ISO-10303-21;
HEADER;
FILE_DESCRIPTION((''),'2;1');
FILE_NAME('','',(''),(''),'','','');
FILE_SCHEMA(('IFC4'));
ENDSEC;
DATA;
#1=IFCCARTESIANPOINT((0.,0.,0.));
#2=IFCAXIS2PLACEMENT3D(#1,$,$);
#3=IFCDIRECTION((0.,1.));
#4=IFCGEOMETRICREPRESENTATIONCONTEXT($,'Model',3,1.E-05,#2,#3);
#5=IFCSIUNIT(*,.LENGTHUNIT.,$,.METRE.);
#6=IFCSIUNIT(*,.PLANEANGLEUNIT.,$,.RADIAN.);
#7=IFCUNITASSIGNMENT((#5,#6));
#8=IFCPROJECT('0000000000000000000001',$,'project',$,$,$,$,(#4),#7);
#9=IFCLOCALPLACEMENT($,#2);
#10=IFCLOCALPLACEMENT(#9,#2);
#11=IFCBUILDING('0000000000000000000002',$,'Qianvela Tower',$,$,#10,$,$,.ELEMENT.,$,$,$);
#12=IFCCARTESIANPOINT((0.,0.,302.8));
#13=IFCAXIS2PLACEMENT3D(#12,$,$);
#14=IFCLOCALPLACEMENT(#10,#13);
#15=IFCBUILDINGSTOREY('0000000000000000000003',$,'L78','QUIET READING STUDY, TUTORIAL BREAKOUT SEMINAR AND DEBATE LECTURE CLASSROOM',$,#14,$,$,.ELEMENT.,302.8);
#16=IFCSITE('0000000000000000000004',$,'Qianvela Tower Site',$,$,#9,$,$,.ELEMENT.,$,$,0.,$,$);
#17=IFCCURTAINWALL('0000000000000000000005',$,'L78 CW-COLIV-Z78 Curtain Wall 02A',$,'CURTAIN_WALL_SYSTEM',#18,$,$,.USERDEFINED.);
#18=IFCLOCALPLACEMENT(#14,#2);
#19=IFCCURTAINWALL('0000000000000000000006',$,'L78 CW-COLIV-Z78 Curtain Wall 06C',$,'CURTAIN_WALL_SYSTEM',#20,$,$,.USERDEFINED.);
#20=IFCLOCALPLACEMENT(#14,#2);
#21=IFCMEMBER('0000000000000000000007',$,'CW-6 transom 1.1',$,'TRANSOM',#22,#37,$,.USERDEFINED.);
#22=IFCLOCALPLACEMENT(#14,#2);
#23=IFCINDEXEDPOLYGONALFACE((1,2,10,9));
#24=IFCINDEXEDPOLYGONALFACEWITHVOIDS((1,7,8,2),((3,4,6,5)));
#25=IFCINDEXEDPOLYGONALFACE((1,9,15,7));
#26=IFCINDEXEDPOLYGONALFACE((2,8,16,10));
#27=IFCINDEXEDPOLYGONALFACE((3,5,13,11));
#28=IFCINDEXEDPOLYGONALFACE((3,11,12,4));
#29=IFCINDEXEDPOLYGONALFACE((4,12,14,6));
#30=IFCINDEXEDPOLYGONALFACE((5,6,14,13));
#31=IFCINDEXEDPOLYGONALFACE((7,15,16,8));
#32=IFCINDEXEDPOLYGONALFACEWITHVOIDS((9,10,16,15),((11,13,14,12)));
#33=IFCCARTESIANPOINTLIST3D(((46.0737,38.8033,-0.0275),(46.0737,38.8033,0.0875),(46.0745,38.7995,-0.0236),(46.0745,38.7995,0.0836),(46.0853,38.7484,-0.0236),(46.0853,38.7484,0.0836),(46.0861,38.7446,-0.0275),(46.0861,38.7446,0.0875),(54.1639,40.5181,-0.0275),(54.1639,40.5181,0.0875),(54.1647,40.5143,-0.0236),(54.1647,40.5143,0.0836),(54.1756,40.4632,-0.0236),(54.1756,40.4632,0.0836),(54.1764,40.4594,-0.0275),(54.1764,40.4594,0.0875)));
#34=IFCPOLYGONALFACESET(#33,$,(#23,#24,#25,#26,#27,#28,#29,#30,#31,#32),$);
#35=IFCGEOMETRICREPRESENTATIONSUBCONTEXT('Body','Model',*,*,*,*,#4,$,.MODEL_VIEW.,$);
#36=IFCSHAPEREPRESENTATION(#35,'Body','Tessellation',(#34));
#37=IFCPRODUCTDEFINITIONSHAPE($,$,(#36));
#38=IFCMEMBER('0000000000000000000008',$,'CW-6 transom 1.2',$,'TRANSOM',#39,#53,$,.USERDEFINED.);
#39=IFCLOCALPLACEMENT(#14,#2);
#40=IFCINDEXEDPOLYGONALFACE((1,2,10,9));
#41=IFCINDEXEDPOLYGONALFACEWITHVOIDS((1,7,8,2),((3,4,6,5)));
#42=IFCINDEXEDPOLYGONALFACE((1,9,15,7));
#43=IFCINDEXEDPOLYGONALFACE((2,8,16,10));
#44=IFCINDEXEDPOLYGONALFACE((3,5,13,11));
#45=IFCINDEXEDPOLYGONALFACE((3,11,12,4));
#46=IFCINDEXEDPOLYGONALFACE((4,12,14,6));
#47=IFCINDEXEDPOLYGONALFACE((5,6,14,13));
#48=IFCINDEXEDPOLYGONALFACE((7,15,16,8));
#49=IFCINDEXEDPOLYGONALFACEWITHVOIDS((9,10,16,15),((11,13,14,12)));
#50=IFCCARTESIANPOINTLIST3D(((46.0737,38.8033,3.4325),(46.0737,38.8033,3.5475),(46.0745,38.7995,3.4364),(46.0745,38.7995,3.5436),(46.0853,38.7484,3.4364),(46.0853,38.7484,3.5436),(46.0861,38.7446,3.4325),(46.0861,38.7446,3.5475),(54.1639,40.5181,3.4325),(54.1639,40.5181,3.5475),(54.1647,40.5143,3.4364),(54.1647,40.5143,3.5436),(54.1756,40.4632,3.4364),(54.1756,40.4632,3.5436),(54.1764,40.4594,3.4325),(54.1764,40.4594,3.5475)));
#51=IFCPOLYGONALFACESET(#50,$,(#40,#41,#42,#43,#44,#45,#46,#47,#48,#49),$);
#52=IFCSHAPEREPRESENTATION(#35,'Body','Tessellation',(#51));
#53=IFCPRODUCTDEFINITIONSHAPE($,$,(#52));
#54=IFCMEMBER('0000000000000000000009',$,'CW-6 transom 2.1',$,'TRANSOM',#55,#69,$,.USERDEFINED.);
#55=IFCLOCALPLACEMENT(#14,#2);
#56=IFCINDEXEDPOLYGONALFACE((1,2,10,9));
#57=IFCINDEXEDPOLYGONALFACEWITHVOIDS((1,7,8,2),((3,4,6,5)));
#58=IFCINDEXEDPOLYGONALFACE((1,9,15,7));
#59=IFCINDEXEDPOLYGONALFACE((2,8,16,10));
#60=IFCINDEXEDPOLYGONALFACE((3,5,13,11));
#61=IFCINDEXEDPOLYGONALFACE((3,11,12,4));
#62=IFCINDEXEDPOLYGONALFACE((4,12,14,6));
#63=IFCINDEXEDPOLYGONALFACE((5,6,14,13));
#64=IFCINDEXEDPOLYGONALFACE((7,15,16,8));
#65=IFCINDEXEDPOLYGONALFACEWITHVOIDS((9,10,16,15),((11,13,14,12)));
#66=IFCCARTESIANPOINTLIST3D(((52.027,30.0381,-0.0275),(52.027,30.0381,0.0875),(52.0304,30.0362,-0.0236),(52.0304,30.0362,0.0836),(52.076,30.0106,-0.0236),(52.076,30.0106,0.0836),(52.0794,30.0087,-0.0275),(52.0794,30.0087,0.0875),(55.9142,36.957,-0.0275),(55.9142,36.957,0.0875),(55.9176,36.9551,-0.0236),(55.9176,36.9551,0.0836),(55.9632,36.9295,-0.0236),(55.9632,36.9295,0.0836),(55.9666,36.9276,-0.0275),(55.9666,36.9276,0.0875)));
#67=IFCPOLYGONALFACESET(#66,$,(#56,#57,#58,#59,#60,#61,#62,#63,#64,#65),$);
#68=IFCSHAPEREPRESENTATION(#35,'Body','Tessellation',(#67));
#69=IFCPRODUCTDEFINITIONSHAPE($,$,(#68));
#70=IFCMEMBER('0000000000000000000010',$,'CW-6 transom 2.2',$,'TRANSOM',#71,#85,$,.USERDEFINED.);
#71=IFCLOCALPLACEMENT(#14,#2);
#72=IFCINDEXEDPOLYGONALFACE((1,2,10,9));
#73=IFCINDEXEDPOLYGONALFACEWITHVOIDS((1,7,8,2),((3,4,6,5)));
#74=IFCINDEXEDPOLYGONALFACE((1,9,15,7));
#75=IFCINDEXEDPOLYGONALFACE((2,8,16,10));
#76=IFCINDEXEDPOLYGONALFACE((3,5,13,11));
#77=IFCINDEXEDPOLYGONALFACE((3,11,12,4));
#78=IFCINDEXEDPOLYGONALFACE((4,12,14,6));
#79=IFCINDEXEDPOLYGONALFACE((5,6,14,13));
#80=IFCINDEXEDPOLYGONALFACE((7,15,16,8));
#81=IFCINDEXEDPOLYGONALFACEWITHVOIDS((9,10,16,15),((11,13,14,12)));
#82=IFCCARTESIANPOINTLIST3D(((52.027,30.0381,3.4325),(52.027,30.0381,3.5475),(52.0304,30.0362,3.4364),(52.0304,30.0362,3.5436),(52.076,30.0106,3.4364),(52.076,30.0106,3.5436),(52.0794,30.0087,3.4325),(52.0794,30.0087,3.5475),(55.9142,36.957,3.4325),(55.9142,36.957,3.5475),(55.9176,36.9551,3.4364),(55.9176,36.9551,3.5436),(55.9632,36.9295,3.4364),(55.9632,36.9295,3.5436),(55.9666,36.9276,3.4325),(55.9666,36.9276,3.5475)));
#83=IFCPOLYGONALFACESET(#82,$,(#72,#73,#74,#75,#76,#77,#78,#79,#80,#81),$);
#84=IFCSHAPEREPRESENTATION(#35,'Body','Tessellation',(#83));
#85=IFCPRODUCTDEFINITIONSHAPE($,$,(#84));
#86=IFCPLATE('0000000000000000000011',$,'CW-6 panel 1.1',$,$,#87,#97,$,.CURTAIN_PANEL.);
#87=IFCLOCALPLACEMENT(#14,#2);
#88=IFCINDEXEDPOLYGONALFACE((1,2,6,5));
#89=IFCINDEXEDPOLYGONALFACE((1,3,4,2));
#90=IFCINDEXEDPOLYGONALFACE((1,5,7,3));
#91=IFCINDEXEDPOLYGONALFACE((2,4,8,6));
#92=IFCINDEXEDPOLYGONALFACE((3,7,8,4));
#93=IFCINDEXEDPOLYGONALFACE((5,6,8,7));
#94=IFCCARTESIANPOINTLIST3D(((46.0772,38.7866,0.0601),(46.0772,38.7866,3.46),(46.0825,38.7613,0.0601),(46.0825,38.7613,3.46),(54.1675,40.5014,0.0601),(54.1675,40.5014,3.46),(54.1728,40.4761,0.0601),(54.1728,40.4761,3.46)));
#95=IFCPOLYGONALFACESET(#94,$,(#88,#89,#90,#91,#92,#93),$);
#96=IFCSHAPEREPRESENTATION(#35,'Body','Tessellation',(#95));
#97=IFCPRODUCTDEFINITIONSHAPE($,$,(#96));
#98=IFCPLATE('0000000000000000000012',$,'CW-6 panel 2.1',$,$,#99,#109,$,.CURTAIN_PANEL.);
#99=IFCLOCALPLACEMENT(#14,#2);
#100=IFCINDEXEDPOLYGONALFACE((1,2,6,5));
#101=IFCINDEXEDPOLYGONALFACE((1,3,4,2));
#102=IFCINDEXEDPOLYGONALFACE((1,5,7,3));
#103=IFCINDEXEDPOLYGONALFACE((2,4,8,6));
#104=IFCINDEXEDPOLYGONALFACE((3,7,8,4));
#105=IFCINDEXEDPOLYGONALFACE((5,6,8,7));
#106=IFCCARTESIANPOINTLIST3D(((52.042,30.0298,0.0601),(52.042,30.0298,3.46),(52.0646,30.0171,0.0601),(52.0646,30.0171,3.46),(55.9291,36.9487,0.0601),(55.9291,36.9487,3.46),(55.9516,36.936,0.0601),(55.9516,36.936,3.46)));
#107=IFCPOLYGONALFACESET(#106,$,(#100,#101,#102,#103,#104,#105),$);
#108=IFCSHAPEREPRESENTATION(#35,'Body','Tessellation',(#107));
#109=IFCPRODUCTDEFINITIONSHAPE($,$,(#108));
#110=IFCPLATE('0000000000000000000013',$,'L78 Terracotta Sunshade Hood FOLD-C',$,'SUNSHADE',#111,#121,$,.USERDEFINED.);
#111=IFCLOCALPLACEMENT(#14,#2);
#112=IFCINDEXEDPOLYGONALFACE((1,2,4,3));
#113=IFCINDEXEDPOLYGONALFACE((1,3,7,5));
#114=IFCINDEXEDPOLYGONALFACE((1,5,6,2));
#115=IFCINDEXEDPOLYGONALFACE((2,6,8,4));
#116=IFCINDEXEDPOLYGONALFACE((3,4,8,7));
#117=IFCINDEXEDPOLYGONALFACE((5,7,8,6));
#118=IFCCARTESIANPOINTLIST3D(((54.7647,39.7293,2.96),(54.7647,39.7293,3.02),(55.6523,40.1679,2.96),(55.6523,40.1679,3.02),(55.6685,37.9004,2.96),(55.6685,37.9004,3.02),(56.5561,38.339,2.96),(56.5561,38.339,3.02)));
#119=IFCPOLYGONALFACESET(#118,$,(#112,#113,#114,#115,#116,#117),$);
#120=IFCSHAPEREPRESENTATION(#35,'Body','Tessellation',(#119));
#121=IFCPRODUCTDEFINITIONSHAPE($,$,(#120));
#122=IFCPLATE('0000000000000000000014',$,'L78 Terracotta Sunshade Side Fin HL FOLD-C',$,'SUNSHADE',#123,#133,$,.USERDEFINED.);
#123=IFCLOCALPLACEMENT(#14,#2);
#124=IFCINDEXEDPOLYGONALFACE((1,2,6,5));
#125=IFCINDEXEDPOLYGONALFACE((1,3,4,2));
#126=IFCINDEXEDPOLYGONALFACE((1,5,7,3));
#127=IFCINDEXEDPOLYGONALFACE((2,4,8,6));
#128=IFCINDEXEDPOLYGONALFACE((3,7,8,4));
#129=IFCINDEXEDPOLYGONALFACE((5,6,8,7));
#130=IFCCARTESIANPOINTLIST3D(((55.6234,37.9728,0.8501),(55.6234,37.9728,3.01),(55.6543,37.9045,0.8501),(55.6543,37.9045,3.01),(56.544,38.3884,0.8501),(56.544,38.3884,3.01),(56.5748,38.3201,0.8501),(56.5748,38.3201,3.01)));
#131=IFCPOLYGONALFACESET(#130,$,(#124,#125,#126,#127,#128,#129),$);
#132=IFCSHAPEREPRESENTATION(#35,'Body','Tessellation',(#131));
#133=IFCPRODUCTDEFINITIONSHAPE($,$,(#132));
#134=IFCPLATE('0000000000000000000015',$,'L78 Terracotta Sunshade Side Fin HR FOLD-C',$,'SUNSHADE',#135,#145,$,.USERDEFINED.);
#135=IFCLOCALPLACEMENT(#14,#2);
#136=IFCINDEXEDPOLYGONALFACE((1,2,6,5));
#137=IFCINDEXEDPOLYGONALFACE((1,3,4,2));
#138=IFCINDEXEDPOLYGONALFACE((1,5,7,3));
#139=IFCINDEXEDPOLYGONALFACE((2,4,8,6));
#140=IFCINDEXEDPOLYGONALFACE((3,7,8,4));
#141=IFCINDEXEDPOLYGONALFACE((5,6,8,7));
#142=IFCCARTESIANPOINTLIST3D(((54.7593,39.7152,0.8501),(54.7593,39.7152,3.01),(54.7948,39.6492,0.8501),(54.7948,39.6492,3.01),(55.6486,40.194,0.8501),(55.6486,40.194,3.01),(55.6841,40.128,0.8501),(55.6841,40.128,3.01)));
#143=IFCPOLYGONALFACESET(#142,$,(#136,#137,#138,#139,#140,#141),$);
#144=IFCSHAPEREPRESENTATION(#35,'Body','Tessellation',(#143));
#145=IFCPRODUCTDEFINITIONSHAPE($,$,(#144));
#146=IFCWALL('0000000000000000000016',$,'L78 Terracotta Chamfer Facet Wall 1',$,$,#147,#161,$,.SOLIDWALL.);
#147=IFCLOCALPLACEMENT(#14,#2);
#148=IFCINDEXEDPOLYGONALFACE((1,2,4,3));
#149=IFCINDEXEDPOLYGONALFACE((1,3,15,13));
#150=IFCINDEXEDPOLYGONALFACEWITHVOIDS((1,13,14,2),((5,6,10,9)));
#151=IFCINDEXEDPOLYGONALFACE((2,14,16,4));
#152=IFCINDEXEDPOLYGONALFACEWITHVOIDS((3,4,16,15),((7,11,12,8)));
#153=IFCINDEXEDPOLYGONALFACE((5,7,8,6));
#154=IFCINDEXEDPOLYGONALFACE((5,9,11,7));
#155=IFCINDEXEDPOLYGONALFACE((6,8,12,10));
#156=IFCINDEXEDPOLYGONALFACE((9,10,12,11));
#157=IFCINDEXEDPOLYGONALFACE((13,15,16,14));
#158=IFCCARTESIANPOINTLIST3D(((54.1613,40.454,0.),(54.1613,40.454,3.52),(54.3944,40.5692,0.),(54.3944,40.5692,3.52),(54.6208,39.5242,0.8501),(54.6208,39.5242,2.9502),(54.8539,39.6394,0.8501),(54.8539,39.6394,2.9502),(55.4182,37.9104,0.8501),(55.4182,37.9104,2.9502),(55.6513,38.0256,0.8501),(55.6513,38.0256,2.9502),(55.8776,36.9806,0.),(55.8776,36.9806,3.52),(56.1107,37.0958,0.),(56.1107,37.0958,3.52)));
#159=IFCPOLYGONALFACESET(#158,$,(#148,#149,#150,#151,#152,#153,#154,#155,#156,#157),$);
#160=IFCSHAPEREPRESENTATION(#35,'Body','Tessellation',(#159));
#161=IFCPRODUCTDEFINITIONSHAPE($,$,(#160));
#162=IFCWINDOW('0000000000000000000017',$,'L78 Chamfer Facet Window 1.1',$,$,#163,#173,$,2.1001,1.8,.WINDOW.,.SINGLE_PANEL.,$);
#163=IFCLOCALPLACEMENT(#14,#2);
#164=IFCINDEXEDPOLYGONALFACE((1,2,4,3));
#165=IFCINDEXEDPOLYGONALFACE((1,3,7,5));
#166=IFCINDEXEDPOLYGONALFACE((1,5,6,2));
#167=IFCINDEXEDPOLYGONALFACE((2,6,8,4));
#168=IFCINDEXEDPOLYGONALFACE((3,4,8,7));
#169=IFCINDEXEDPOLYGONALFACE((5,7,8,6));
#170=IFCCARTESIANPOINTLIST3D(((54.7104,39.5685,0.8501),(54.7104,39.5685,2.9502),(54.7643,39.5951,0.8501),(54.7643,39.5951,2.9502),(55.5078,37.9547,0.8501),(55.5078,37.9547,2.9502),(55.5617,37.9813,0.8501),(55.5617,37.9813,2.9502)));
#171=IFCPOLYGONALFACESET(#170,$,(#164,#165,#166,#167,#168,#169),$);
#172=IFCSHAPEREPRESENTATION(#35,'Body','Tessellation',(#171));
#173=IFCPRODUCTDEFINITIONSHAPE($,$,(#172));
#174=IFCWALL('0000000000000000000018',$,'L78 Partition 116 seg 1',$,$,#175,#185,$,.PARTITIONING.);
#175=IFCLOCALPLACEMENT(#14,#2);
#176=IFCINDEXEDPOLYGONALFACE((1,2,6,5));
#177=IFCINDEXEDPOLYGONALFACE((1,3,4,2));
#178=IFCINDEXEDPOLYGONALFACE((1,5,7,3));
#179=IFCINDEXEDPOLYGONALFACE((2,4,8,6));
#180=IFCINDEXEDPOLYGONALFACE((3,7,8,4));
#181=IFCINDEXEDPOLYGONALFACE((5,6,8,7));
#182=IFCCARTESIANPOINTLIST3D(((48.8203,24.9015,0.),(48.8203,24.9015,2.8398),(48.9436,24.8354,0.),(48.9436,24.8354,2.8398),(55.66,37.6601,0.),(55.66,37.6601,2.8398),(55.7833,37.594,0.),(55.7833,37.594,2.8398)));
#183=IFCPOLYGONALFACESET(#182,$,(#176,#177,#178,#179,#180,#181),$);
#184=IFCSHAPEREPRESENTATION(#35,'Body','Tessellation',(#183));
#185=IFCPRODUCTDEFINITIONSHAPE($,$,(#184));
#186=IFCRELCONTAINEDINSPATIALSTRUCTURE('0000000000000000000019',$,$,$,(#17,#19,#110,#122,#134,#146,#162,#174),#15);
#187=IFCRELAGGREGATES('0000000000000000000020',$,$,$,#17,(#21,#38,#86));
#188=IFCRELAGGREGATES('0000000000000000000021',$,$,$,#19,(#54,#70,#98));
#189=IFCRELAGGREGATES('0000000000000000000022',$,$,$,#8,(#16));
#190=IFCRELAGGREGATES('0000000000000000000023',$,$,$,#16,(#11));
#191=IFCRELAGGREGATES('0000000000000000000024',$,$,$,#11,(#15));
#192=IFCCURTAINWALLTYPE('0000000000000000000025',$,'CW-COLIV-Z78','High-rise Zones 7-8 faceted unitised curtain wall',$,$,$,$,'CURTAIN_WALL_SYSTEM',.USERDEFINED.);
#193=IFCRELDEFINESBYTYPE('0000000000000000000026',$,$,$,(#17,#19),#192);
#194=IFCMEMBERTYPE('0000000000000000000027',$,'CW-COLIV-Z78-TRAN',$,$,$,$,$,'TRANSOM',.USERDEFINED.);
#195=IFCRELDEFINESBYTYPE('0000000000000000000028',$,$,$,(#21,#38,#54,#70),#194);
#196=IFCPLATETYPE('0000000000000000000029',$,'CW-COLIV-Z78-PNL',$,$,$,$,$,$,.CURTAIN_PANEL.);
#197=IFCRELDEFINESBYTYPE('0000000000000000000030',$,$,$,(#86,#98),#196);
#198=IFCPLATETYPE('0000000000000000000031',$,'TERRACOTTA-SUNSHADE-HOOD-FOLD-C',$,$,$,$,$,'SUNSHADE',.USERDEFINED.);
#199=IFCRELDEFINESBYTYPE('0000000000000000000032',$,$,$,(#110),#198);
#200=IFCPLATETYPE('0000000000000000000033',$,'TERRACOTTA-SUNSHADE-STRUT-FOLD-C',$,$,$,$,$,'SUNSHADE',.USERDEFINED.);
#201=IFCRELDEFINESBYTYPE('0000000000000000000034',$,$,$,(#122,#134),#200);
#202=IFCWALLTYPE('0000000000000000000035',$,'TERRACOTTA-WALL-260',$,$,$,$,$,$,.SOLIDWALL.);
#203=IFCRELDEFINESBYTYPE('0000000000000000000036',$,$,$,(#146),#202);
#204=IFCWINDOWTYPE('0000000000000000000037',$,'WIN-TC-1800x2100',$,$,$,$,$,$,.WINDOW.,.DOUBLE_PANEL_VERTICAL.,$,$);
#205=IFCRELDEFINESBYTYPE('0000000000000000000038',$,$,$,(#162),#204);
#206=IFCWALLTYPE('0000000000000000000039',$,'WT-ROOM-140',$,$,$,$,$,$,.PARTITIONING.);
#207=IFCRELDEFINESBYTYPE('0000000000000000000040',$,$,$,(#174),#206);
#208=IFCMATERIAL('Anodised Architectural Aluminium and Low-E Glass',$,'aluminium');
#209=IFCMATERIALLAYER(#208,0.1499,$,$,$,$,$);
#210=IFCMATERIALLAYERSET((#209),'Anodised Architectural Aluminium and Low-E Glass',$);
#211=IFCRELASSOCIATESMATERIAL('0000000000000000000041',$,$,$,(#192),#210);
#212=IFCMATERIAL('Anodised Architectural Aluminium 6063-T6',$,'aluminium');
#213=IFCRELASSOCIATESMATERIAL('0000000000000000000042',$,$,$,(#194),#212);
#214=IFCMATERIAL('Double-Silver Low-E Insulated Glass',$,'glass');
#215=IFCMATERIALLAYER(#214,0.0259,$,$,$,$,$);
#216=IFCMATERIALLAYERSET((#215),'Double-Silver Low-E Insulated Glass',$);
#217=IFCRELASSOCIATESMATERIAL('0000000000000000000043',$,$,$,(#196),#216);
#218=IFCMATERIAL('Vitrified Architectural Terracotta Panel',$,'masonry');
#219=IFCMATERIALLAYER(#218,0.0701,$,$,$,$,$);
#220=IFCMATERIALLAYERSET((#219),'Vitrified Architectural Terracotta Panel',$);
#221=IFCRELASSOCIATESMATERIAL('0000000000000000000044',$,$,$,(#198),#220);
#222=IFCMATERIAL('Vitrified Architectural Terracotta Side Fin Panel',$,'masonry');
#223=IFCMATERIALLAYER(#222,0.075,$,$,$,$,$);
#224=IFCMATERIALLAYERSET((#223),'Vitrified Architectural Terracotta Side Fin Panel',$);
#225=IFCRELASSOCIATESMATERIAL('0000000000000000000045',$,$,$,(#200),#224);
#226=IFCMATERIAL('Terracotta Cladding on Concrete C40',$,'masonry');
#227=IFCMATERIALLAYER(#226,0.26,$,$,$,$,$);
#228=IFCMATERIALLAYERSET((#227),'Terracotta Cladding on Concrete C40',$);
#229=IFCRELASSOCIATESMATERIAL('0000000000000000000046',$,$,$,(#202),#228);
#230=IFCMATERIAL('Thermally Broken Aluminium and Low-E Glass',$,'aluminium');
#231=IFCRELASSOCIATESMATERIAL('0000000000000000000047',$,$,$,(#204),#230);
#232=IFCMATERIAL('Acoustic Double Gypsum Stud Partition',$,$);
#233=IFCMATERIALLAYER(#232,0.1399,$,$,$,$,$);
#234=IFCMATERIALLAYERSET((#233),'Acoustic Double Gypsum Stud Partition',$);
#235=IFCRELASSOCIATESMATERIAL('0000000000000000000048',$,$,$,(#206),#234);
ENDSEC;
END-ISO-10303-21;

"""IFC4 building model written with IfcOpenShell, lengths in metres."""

from ifc_helpers import new_model, si_unit, direction, frame, frame_2d, origin, origin_2d, place, context, subcontext, project, spatial, rectangle, hollow_rectangle, extrude, material, layer, layer_set, material_profile, profile_set, type_object, element, fill, aggregate, save


model = new_model("IFC4")

# Units and contexts
model_context = context("Model", 3, precision=1e-05, world=origin(), true_north=direction((0.0, 1.0)))
body_context = subcontext(model_context, "Body", "Model", "MODEL_VIEW")
ifc_project = project(units=[si_unit("LENGTHUNIT", "METRE"), si_unit("PLANEANGLEUNIT", "RADIAN")], contexts=[model_context])

# Site, building, storey
site_placement = place(None, origin())
site = spatial("IfcSite", under=ifc_project, at=site_placement, Name="Qianvela Tower Site", CompositionType="ELEMENT", RefElevation=0.0)
building_placement = place(site_placement, origin())
building = spatial("IfcBuilding", under=site, at=building_placement, Name="Qianvela Tower", CompositionType="ELEMENT")
storey_placement = place(building_placement, frame((0.0, 0.0, 302.8)))
storey = spatial("IfcBuildingStorey", under=building, at=storey_placement, Name="L78", Description="QUIET READING STUDY, TUTORIAL BREAKOUT SEMINAR AND DEBATE LECTURE CLASSROOM", CompositionType="ELEMENT", Elevation=302.8)

# Curtain walls
ifc_material_1 = material(Name="Anodised Architectural Aluminium and Low-E Glass", Category="aluminium")
ifc_layer_1 = layer(ifc_material_1, 0.1499)
ifc_layer_set_1 = layer_set([ifc_layer_1], Name="Anodised Architectural Aluminium and Low-E Glass")
curtain_wall_type = type_object("IfcCurtainWallType", Name="CW-COLIV-Z78", Description="High-rise Zones 7-8 faceted unitised curtain wall", ElementType="CURTAIN_WALL_SYSTEM", PredefinedType="USERDEFINED", material=ifc_layer_set_1)
curtain_wall_1_placement = place(storey_placement, origin())
curtain_wall_1 = element("IfcCurtainWall", 1, at=curtain_wall_1_placement, inside=storey, type_object=curtain_wall_type, Name="L78 CW-COLIV-Z78 Curtain Wall 02A", ObjectType="CURTAIN_WALL_SYSTEM", PredefinedType="USERDEFINED")
curtain_wall_2_placement = place(storey_placement, origin())
curtain_wall_2 = element("IfcCurtainWall", 2, at=curtain_wall_2_placement, inside=storey, type_object=curtain_wall_type, Name="L78 CW-COLIV-Z78 Curtain Wall 06C", ObjectType="CURTAIN_WALL_SYSTEM", PredefinedType="USERDEFINED")

# Members
ifc_material_2 = material(Name="Anodised Architectural Aluminium 6063-T6", Category="aluminium")
ifc_material_profile_1 = material_profile(ifc_material_2, hollow_rectangle(XDim=0.0601, YDim=0.115, WallThickness=0.0039, at=origin_2d()), Name="ALU-TRAN-60x115")
ifc_profile_set_1 = profile_set([ifc_material_profile_1], Name="Anodised Architectural Aluminium 6063-T6")
member_type_1 = type_object("IfcMemberType", Name="CW-COLIV-Z78-TRAN", ElementType="TRANSOM", PredefinedType="USERDEFINED", material=ifc_profile_set_1)
member_1_placement = place(storey_placement, frame((54.1702, 40.4888, 0.03), z_axis=(-0.978266, -0.207355, 0.0), x_axis=(0.207355, -0.978266, 0.0)))
member_1 = element("IfcMember", 3, at=member_1_placement, type_object=member_type_1, Name="CW-6 transom 1.1", ObjectType="TRANSOM", PredefinedType="USERDEFINED", context=body_context, shape_type="SweptSolid", body=[
    extrude(hollow_rectangle(XDim=0.0601, YDim=0.115, WallThickness=0.0039, at=origin_2d()), origin(), (0.0, 0.0, 1.0), 8.27),
])
member_2_placement = place(storey_placement, frame((54.1702, 40.4888, 3.49), z_axis=(-0.978266, -0.207355, 0.0), x_axis=(0.207355, -0.978266, 0.0)))
member_2 = element("IfcMember", 4, at=member_2_placement, type_object=member_type_1, Name="CW-6 transom 1.2", ObjectType="TRANSOM", PredefinedType="USERDEFINED", context=body_context, shape_type="SweptSolid", body=[
    extrude(hollow_rectangle(XDim=0.0601, YDim=0.115, WallThickness=0.0039, at=origin_2d()), origin(), (0.0, 0.0, 1.0), 8.27),
])
member_3_placement = place(storey_placement, frame((52.0532, 30.0234, 0.03), z_axis=(0.489811, 0.871828, 0.0), x_axis=(-0.871828, 0.489811, 0.0)))
member_3 = element("IfcMember", 5, at=member_3_placement, type_object=member_type_1, Name="CW-6 transom 2.1", ObjectType="TRANSOM", PredefinedType="USERDEFINED", context=body_context, shape_type="SweptSolid", body=[
    extrude(hollow_rectangle(XDim=0.0601, YDim=0.115, WallThickness=0.0039, at=origin_2d()), origin(), (0.0, 0.0, 1.0), 7.936),
])
member_4_placement = place(storey_placement, frame((52.0532, 30.0234, 3.49), z_axis=(0.489811, 0.871828, 0.0), x_axis=(-0.871828, 0.489811, 0.0)))
member_4 = element("IfcMember", 6, at=member_4_placement, type_object=member_type_1, Name="CW-6 transom 2.2", ObjectType="TRANSOM", PredefinedType="USERDEFINED", context=body_context, shape_type="SweptSolid", body=[
    extrude(hollow_rectangle(XDim=0.0601, YDim=0.115, WallThickness=0.0039, at=origin_2d()), origin(), (0.0, 0.0, 1.0), 7.936),
])

# Plates
ifc_material_3 = material(Name="Double-Silver Low-E Insulated Glass", Category="glass")
ifc_layer_2 = layer(ifc_material_3, 0.0259)
ifc_layer_set_2 = layer_set([ifc_layer_2], Name="Double-Silver Low-E Insulated Glass")
plate_type_1 = type_object("IfcPlateType", Name="CW-COLIV-Z78-PNL", PredefinedType="CURTAIN_PANEL", material=ifc_layer_set_2)
plate_1_placement = place(storey_placement, frame((50.125, 39.6313, 0.0601), z_axis=(0.0, 0.0, 1.0), x_axis=(-0.978268, -0.207345, 0.0)))
plate_1 = element("IfcPlate", 7, at=plate_1_placement, type_object=plate_type_1, Name="CW-6 panel 1.1", PredefinedType="CURTAIN_PANEL", context=body_context, shape_type="SweptSolid", body=[
    extrude(rectangle(XDim=8.27, YDim=0.0259, at=origin_2d()), origin(), (0.0, 0.0, 1.0), 3.3999),
])
aggregate(curtain_wall_1, [member_1, member_2, plate_1])
plate_2_placement = place(storey_placement, frame((53.9968, 33.4829, 0.0601), z_axis=(0.0, 0.0, 1.0), x_axis=(0.489794, 0.871838, 0.0)))
plate_2 = element("IfcPlate", 8, at=plate_2_placement, type_object=plate_type_1, Name="CW-6 panel 2.1", PredefinedType="CURTAIN_PANEL", context=body_context, shape_type="SweptSolid", body=[
    extrude(rectangle(XDim=7.936, YDim=0.0259, at=origin_2d()), origin(), (0.0, 0.0, 1.0), 3.3999),
])
aggregate(curtain_wall_2, [member_3, member_4, plate_2])

# Plates
ifc_material_4 = material(Name="Vitrified Architectural Terracotta Panel", Category="masonry")
ifc_layer_3 = layer(ifc_material_4, 0.0701)
ifc_layer_set_3 = layer_set([ifc_layer_3], Name="Vitrified Architectural Terracotta Panel")
plate_type_2 = type_object("IfcPlateType", Name="TERRACOTTA-SUNSHADE-HOOD-FOLD-C", ElementType="SUNSHADE", PredefinedType="USERDEFINED", material=ifc_layer_set_3)
plate_3_placement = place(storey_placement, frame((55.6604, 39.0342, 2.96), z_axis=(0.0, 0.0, 1.0), x_axis=(-0.443037, 0.896503, 0.0)))
element("IfcPlate", 9, at=plate_3_placement, inside=storey, type_object=plate_type_2, Name="L78 Terracotta Sunshade Hood FOLD-C", ObjectType="SUNSHADE", PredefinedType="USERDEFINED", context=body_context, shape_type="SweptSolid", body=[
    extrude(rectangle(XDim=2.04, YDim=0.99, at=origin_2d()), origin(), (0.0, 0.0, 1.0), 0.0601),
])
ifc_material_5 = material(Name="Vitrified Architectural Terracotta Side Fin Panel", Category="masonry")
ifc_layer_4 = layer(ifc_material_5, 0.075)
ifc_layer_set_4 = layer_set([ifc_layer_4], Name="Vitrified Architectural Terracotta Side Fin Panel")
plate_type_3 = type_object("IfcPlateType", Name="TERRACOTTA-SUNSHADE-STRUT-FOLD-C", ElementType="SUNSHADE", PredefinedType="USERDEFINED", material=ifc_layer_set_4)
for number, where, z_axis, x_axis, name in (
    (10, (56.0991, 38.1465, 0.8501), (0.0, 0.0, 1.0), (-0.411479, 0.911419, 0.0), "L78 Terracotta Sunshade Side Fin HL FOLD-C"),
    (11, (55.2217, 39.9216, 0.8501), (0.0, 0.0, 1.0), (-0.474054, 0.880496, 0.0), "L78 Terracotta Sunshade Side Fin HR FOLD-C"),
):
    element("IfcPlate", number, at=place(storey_placement, frame(where, z_axis=z_axis, x_axis=x_axis)), inside=storey, type_object=plate_type_3, Name=name, ObjectType="SUNSHADE", PredefinedType="USERDEFINED", context=body_context, shape_type="SweptSolid", body=[
        extrude(rectangle(XDim=0.075, YDim=1.01, at=origin_2d()), origin(), (0.0, 0.0, 1.0), 2.1599),
    ])

# Wall, opening, window
ifc_material_6 = material(Name="Terracotta Cladding on Concrete C40", Category="masonry")
ifc_layer_5 = layer(ifc_material_6, 0.26)
ifc_layer_set_5 = layer_set([ifc_layer_5], Name="Terracotta Cladding on Concrete C40")
wall_type_1 = type_object("IfcWallType", Name="TERRACOTTA-WALL-260", PredefinedType="SOLIDWALL", material=ifc_layer_set_5)
wall_1_placement = place(storey_placement, frame((55.9941, 37.0383, 0.0), z_axis=(0.0, 0.0, 1.0), x_axis=(-0.442999, 0.896522, 0.0)))
wall_1 = element("IfcWall", 12, at=wall_1_placement, inside=storey, type_object=wall_type_1, Name="L78 Terracotta Chamfer Facet Wall 1", PredefinedType="SOLIDWALL", context=body_context, shape_type="SweptSolid", body=[
    extrude(rectangle(XDim=3.8743, YDim=0.26, at=frame_2d((1.937, 0.0))), origin(), (0.0, 0.0, 1.0), 3.52),
])
opening_placement = place(wall_1_placement, frame((1.0371, 0.0, 0.8501)))
opening = element("IfcOpeningElement", 13, at=opening_placement, cuts=wall_1, PredefinedType="OPENING", context=body_context, shape_type="SweptSolid", body=[
    extrude(rectangle(XDim=1.8, YDim=2.1001, at=frame_2d((0.8999, 1.05))), frame((0.0, 0.1399, 0.0), z_axis=(0.0, -1.0, 0.0), x_axis=(1.0, 0.0, 0.0)), (0.0, 0.0, 1.0), 0.28),
])
ifc_material_7 = material(Name="Thermally Broken Aluminium and Low-E Glass", Category="aluminium")
window_type = type_object("IfcWindowType", Name="WIN-TC-1800x2100", PartitioningType="DOUBLE_PANEL_VERTICAL", PredefinedType="WINDOW", material=ifc_material_7)
window_placement = place(opening_placement, origin())
window = element("IfcWindow", 14, at=window_placement, inside=storey, type_object=window_type, Name="L78 Chamfer Facet Window 1.1", OverallHeight=2.1001, OverallWidth=1.8, PartitioningType="SINGLE_PANEL", PredefinedType="WINDOW", context=body_context, shape_type="SweptSolid", body=[
    extrude(rectangle(XDim=1.8, YDim=2.1001, at=frame_2d((0.8999, 1.05))), frame((0.0, 0.03, 0.0), z_axis=(0.0, -1.0, 0.0), x_axis=(1.0, 0.0, 0.0)), (0.0, 0.0, 1.0), 0.0601),
])
fill(opening, window)

# Wall
ifc_material_8 = material(Name="Acoustic Double Gypsum Stud Partition")
ifc_layer_6 = layer(ifc_material_8, 0.1399)
ifc_layer_set_6 = layer_set([ifc_layer_6], Name="Acoustic Double Gypsum Stud Partition")
wall_type_2 = type_object("IfcWallType", Name="WT-ROOM-140", PredefinedType="PARTITIONING", material=ifc_layer_set_6)
wall_2_placement = place(storey_placement, frame((55.7217, 37.6272, 0.0), z_axis=(0.0, 0.0, 1.0), x_axis=(-0.472472, -0.881346, 0.0)))
element("IfcWall", 15, at=wall_2_placement, inside=storey, type_object=wall_type_2, Name="L78 Partition 116 seg 1", PredefinedType="PARTITIONING", context=body_context, shape_type="SweptSolid", body=[
    extrude(rectangle(XDim=14.4763, YDim=0.1399, at=frame_2d((7.2383, 0.0))), origin(), (0.0, 0.0, 1.0), 2.8398),
])

save(model, "model.ifc")
